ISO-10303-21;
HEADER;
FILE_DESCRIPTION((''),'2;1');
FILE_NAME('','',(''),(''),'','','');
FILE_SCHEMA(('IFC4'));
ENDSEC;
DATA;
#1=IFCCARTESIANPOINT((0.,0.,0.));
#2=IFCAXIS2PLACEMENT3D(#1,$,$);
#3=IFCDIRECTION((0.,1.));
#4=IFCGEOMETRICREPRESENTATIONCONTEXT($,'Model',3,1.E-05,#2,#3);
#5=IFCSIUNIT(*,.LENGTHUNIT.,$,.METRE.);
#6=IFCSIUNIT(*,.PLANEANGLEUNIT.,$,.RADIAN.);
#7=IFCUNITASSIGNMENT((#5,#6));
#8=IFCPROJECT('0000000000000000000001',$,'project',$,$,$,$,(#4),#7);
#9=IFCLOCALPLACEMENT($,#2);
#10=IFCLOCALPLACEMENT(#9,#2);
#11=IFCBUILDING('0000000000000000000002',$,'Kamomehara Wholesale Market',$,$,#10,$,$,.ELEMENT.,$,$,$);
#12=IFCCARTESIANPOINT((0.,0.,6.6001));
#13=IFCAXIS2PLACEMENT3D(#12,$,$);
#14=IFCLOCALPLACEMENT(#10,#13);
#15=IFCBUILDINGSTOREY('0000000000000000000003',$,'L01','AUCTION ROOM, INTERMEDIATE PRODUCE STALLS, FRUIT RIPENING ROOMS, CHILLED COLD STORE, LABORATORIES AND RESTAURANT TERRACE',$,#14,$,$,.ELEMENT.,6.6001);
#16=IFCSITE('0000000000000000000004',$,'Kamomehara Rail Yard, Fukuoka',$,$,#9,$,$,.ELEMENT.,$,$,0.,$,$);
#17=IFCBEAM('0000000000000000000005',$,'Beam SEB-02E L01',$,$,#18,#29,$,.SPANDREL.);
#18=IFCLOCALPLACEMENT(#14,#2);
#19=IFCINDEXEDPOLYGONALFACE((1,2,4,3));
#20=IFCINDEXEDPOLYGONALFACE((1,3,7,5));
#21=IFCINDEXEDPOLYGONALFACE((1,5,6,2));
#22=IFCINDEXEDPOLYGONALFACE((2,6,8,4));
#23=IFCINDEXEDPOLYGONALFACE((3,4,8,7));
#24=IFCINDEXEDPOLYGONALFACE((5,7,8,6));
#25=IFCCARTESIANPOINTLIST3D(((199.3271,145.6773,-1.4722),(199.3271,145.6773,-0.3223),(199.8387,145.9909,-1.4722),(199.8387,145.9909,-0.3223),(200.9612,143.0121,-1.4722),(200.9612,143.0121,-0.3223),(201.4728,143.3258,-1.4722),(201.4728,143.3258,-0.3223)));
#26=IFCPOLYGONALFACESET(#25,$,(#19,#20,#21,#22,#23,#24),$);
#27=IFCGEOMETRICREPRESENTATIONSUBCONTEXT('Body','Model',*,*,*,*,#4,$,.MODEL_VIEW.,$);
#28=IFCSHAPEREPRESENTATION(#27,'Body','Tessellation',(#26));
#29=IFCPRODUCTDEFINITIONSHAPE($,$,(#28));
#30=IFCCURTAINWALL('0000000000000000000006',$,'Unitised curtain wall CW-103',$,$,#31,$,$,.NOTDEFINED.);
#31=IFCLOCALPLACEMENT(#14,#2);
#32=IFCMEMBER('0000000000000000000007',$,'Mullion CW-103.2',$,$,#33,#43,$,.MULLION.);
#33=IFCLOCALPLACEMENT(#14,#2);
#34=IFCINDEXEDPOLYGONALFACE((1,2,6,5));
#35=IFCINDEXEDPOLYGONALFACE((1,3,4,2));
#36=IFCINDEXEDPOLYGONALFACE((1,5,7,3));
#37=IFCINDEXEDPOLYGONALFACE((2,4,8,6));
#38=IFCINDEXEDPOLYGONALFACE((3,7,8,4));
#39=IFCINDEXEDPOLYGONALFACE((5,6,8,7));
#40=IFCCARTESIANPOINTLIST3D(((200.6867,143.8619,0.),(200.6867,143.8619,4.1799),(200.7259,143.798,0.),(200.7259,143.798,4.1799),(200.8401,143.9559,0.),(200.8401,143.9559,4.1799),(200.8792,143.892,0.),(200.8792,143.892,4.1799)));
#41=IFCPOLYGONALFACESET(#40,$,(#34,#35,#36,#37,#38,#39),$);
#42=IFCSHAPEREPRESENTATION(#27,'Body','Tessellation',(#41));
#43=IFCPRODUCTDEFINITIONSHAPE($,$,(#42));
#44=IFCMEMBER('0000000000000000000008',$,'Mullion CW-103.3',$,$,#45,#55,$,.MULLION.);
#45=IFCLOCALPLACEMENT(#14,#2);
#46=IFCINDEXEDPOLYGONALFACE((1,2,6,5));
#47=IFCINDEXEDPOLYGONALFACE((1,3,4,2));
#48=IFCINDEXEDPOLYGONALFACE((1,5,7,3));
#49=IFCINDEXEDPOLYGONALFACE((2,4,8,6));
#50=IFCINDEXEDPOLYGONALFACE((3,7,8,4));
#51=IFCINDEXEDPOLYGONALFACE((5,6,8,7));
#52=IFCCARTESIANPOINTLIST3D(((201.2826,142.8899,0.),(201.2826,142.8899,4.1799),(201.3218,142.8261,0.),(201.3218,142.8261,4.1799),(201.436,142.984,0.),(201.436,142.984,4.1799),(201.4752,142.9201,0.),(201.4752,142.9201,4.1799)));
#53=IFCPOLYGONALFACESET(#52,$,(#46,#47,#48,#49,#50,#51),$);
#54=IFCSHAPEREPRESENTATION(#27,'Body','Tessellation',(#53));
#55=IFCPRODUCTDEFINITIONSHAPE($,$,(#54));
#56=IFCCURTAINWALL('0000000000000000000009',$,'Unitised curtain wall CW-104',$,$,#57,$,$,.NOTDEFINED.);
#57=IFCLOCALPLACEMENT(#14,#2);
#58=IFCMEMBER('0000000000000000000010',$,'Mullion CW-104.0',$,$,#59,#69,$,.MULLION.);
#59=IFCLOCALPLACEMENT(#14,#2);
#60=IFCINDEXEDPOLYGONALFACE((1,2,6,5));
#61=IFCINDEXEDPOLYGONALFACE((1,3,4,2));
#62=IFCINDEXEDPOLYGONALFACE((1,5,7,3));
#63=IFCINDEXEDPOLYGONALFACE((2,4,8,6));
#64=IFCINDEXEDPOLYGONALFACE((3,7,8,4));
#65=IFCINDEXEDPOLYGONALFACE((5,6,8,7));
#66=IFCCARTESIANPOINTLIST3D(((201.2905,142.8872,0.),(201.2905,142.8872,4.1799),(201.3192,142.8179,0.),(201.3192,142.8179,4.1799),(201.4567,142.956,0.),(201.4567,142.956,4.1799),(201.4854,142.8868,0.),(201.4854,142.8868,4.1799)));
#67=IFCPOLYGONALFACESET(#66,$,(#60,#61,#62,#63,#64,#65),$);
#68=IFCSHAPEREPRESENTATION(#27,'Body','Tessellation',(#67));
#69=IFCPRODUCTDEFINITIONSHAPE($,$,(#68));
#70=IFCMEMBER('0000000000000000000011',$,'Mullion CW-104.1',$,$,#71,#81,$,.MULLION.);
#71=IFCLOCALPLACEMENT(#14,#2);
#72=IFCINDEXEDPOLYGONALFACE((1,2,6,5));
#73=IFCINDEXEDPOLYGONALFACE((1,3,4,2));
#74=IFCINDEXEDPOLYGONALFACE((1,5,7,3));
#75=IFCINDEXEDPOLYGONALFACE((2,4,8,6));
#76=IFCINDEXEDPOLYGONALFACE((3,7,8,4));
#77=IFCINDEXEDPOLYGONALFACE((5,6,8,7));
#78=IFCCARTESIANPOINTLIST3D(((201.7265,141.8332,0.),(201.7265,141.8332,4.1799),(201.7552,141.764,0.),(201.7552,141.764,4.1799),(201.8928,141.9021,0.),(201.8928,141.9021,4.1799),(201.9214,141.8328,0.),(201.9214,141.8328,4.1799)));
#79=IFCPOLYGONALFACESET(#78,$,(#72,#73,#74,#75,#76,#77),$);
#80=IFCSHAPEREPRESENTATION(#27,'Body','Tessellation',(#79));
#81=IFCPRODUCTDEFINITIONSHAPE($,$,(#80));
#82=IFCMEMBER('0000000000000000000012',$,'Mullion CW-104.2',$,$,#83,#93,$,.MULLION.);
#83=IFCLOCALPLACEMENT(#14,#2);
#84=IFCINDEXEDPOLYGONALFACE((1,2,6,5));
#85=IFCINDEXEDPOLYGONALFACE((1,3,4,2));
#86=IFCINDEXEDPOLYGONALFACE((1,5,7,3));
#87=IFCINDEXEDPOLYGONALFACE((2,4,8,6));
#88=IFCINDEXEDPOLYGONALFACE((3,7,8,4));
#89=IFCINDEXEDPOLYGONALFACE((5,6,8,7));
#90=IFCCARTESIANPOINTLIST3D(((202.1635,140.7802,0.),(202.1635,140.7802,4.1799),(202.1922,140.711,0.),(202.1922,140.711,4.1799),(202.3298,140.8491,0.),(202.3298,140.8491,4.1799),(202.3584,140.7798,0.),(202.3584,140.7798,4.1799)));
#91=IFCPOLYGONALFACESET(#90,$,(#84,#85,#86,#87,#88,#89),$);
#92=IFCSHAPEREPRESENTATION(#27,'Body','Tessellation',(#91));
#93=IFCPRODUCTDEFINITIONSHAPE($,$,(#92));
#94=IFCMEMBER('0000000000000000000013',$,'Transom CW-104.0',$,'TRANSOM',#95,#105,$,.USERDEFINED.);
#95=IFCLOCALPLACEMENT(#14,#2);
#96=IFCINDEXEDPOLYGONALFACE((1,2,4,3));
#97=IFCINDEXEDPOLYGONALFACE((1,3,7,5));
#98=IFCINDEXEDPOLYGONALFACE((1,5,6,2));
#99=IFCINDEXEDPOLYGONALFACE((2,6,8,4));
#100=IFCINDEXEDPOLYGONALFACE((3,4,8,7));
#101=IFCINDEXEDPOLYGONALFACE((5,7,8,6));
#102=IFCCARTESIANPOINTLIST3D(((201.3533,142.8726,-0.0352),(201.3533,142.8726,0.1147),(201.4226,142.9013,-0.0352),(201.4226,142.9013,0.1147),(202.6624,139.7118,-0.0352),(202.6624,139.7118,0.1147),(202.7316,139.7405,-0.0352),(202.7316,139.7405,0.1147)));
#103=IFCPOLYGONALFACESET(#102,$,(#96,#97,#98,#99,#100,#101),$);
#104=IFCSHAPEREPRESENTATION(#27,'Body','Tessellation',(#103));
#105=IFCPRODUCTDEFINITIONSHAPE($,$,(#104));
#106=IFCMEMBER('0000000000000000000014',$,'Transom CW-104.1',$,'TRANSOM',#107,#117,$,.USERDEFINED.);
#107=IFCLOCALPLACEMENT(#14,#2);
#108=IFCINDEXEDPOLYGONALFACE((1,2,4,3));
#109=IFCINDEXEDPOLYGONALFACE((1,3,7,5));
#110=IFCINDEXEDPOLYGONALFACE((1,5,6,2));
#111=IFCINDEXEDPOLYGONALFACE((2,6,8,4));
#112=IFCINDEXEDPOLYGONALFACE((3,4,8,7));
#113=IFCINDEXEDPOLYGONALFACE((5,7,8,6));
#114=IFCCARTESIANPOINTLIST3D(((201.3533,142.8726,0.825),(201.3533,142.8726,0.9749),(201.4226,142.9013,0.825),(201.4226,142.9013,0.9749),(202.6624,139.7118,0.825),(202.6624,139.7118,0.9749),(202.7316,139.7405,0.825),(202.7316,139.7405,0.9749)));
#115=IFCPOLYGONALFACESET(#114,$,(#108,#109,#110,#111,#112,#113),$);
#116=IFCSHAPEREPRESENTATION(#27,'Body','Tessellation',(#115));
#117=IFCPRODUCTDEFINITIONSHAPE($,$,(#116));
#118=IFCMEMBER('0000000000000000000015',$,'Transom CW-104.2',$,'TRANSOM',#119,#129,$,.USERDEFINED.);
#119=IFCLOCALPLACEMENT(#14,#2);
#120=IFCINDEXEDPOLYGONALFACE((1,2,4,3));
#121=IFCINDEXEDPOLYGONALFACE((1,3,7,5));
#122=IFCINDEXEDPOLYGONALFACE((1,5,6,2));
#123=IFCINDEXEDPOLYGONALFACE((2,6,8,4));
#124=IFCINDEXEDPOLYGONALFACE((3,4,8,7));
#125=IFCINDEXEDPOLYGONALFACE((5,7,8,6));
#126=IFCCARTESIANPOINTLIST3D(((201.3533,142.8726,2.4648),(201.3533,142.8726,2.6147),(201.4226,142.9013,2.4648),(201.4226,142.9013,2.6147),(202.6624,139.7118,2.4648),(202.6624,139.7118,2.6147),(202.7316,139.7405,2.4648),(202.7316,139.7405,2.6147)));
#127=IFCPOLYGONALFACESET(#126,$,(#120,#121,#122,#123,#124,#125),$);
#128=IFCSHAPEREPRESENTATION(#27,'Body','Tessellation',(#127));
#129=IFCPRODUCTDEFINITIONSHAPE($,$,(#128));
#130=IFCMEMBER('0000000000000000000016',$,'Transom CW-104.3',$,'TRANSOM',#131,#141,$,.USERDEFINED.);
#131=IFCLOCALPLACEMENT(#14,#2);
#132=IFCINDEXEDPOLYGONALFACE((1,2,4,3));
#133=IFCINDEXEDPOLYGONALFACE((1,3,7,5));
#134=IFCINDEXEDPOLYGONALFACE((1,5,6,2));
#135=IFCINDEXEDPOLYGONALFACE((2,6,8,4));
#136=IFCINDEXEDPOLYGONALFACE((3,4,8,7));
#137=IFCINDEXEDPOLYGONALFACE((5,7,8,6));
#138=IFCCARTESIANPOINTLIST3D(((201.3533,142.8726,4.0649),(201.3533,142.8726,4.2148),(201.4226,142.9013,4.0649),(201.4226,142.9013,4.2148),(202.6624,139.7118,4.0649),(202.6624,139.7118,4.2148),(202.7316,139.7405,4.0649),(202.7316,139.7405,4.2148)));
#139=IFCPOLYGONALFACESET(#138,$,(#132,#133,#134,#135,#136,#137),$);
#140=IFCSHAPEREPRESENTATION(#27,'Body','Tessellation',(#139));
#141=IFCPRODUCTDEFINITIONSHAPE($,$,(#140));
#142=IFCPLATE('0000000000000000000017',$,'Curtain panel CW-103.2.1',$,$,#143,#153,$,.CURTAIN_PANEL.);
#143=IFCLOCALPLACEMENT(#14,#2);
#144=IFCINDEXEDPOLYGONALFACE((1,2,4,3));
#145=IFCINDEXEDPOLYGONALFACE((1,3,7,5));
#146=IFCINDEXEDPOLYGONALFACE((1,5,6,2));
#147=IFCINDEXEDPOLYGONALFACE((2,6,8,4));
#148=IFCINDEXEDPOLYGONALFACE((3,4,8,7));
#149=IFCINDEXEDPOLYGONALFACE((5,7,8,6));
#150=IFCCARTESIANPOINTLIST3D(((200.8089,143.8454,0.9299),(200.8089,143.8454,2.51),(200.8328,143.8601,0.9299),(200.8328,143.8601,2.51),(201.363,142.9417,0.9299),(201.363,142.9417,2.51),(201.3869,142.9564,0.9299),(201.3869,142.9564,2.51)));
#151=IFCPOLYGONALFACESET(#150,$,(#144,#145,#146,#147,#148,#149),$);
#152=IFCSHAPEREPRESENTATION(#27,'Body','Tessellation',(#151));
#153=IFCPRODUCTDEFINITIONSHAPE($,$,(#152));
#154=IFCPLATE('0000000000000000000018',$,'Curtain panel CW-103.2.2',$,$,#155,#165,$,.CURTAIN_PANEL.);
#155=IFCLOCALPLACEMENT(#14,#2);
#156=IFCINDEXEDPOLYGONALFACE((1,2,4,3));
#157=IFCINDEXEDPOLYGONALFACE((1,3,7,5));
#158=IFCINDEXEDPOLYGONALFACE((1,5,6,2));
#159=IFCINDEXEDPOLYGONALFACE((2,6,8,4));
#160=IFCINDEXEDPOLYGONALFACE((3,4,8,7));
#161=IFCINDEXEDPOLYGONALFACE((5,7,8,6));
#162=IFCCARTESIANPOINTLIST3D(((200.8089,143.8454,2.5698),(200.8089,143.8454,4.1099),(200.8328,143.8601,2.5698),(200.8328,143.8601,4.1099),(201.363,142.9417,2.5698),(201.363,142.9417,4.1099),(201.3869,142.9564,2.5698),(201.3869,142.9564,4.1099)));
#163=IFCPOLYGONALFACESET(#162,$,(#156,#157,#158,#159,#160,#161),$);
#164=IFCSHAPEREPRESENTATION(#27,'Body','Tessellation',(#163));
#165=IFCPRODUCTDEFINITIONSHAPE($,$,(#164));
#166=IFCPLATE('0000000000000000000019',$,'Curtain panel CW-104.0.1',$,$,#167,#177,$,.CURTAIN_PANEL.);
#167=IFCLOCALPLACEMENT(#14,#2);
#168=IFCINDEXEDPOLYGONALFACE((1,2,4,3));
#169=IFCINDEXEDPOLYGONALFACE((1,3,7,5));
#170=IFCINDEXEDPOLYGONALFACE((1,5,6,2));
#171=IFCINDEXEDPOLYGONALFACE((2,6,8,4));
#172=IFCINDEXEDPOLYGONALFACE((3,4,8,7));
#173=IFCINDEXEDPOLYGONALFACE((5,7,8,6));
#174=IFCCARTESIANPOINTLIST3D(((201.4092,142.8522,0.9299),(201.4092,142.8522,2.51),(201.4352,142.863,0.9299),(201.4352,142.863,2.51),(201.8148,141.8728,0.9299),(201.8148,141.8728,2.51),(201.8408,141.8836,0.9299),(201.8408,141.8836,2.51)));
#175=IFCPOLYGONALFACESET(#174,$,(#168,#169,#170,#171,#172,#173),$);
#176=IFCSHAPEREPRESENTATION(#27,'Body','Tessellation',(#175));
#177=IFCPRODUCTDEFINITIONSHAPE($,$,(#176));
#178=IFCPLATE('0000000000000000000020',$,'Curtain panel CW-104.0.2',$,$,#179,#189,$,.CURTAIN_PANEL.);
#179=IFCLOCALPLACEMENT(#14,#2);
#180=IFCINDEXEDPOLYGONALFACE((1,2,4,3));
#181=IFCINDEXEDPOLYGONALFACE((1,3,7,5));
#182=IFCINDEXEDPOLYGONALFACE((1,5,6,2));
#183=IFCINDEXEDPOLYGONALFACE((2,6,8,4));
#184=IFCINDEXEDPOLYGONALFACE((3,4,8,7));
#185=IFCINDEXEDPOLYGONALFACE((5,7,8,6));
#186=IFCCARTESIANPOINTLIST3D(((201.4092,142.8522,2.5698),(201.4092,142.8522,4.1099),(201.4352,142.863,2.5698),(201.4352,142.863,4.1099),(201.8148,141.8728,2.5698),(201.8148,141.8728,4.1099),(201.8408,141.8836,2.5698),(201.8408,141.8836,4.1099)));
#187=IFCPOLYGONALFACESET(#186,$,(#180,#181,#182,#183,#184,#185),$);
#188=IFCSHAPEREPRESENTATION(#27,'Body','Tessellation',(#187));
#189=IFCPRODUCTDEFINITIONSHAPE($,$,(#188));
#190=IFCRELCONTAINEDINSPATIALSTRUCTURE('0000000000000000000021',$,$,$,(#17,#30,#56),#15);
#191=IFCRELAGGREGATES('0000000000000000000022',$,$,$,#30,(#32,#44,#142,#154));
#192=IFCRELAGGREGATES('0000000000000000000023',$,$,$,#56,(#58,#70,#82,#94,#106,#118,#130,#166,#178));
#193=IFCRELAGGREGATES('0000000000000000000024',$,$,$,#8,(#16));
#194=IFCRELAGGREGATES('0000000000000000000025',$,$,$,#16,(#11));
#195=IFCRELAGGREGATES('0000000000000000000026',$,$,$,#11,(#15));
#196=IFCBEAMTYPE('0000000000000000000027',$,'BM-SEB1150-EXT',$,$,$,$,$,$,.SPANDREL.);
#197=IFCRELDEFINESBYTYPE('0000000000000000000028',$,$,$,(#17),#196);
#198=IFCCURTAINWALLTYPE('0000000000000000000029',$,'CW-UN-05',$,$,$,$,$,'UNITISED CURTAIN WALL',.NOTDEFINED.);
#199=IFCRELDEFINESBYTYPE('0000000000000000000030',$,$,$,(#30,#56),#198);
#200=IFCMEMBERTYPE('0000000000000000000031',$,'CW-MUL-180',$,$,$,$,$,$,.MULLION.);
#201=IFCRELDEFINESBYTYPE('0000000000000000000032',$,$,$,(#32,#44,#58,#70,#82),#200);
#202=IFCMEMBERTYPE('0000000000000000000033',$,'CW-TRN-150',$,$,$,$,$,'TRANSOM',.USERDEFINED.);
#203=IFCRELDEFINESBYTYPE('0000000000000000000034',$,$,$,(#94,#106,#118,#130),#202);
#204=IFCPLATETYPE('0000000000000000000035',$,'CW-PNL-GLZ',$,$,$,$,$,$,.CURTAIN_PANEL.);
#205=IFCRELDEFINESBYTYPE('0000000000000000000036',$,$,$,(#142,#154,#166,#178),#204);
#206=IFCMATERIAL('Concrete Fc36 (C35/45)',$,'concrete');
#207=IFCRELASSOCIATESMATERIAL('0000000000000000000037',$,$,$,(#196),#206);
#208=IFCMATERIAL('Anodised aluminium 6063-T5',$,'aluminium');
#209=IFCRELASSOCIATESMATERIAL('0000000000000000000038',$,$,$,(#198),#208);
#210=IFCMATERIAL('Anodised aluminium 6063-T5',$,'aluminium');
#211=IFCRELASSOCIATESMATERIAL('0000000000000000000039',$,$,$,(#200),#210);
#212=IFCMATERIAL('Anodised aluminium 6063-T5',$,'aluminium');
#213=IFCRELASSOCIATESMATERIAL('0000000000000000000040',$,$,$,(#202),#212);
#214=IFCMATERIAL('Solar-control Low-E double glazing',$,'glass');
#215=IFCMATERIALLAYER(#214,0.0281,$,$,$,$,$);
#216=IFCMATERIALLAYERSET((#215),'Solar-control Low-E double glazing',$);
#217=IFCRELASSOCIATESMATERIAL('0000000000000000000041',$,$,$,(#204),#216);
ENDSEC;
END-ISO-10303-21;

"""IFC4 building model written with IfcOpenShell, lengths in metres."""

from ifc_helpers import new_model, si_unit, direction, frame, origin, origin_2d, place, context, subcontext, project, spatial, rectangle, extrude, material, layer, layer_set, material_profile, profile_set, type_object, element, aggregate, save


model = new_model("IFC4")

# Units and contexts
model_context = context("Model", 3, precision=1e-05, world=origin(), true_north=direction((0.0, 1.0)))
body_context = subcontext(model_context, "Body", "Model", "MODEL_VIEW")
ifc_project = project(units=[si_unit("LENGTHUNIT", "METRE"), si_unit("PLANEANGLEUNIT", "RADIAN")], contexts=[model_context])

# Site, building, storey
site_placement = place(None, origin())
site = spatial("IfcSite", under=ifc_project, at=site_placement, Name="Kamomehara Rail Yard, Fukuoka", CompositionType="ELEMENT", RefElevation=0.0)
building_placement = place(site_placement, origin())
building = spatial("IfcBuilding", under=site, at=building_placement, Name="Kamomehara Wholesale Market", CompositionType="ELEMENT")
storey_placement = place(building_placement, frame((0.0, 0.0, 6.6001)))
storey = spatial("IfcBuildingStorey", under=building, at=storey_placement, Name="L01", Description="AUCTION ROOM, INTERMEDIATE PRODUCE STALLS, FRUIT RIPENING ROOMS, CHILLED COLD STORE, LABORATORIES AND RESTAURANT TERRACE", CompositionType="ELEMENT", Elevation=6.6001)

# Beam
ifc_material_1 = material(Name="Concrete Fc36 (C35/45)", Category="concrete")
ifc_material_profile_1 = material_profile(ifc_material_1, rectangle(XDim=0.6001, YDim=1.1499, at=origin_2d()), Name="RC-SEB-600x1150")
ifc_profile_set_1 = profile_set([ifc_material_profile_1], Name="Concrete Fc36 (C35/45)")
beam_type = type_object("IfcBeamType", Name="BM-SEB1150-EXT", PredefinedType="SPANDREL", material=ifc_profile_set_1)
beam_placement = place(storey_placement, frame((201.217, 143.1689, -0.8972), z_axis=(-0.522707, 0.852513, 0.0), x_axis=(-0.852513, -0.522707, 0.0)))
element("IfcBeam", 1, at=beam_placement, inside=storey, type_object=beam_type, Name="Beam SEB-02E L01", PredefinedType="SPANDREL", context=body_context, shape_type="SweptSolid", body=[
    extrude(rectangle(XDim=0.6001, YDim=1.1499, at=origin_2d()), origin(), (0.0, 0.0, 1.0), 3.1262),
])

# Curtain walls, members
ifc_material_2 = material(Name="Anodised aluminium 6063-T5", Category="aluminium")
curtain_wall_type = type_object("IfcCurtainWallType", Name="CW-UN-05", ElementType="UNITISED CURTAIN WALL", PredefinedType="NOTDEFINED", material=ifc_material_2)
curtain_wall_1_placement = place(storey_placement, origin())
curtain_wall_1 = element("IfcCurtainWall", 2, at=curtain_wall_1_placement, inside=storey, type_object=curtain_wall_type, Name="Unitised curtain wall CW-103", PredefinedType="NOTDEFINED")
ifc_material_3 = material(Name="Anodised aluminium 6063-T5", Category="aluminium")
ifc_material_profile_2 = material_profile(ifc_material_3, rectangle(XDim=0.075, YDim=0.1799, at=origin_2d()), Name="ALU-MUL-75x180")
ifc_profile_set_2 = profile_set([ifc_material_profile_2], Name="Anodised aluminium 6063-T5")
member_type_1 = type_object("IfcMemberType", Name="CW-MUL-180", PredefinedType="MULLION", material=ifc_profile_set_2)
member_1_placement = place(storey_placement, frame((200.783, 143.877, 0.0), z_axis=(0.0, 0.0, 1.0), x_axis=(0.522726, -0.852501, 0.0)))
member_1 = element("IfcMember", 3, at=member_1_placement, type_object=member_type_1, Name="Mullion CW-103.2", PredefinedType="MULLION", context=body_context, shape_type="SweptSolid", body=[
    extrude(rectangle(XDim=0.075, YDim=0.1799, at=origin_2d()), origin(), (0.0, 0.0, 1.0), 4.1799),
])
member_2_placement = place(storey_placement, frame((201.3789, 142.905, 0.0), z_axis=(0.0, 0.0, 1.0), x_axis=(0.522726, -0.852501, 0.0)))
member_2 = element("IfcMember", 4, at=member_2_placement, type_object=member_type_1, Name="Mullion CW-103.3", PredefinedType="MULLION", context=body_context, shape_type="SweptSolid", body=[
    extrude(rectangle(XDim=0.075, YDim=0.1799, at=origin_2d()), origin(), (0.0, 0.0, 1.0), 4.1799),
])
curtain_wall_2_placement = place(storey_placement, origin())
curtain_wall_2 = element("IfcCurtainWall", 5, at=curtain_wall_2_placement, inside=storey, type_object=curtain_wall_type, Name="Unitised curtain wall CW-104", PredefinedType="NOTDEFINED")
member_3_placement = place(storey_placement, frame((201.3879, 142.887, 0.0), z_axis=(0.0, 0.0, 1.0), x_axis=(0.382601, -0.923914, 0.0)))
member_3 = element("IfcMember", 6, at=member_3_placement, type_object=member_type_1, Name="Mullion CW-104.0", PredefinedType="MULLION", context=body_context, shape_type="SweptSolid", body=[
    extrude(rectangle(XDim=0.075, YDim=0.1799, at=origin_2d()), origin(), (0.0, 0.0, 1.0), 4.1799),
])
member_4_placement = place(storey_placement, frame((201.824, 141.833, 0.0), z_axis=(0.0, 0.0, 1.0), x_axis=(0.382601, -0.923914, 0.0)))
member_4 = element("IfcMember", 7, at=member_4_placement, type_object=member_type_1, Name="Mullion CW-104.1", PredefinedType="MULLION", context=body_context, shape_type="SweptSolid", body=[
    extrude(rectangle(XDim=0.075, YDim=0.1799, at=origin_2d()), origin(), (0.0, 0.0, 1.0), 4.1799),
])
member_5_placement = place(storey_placement, frame((202.261, 140.78, 0.0), z_axis=(0.0, 0.0, 1.0), x_axis=(0.382601, -0.923914, 0.0)))
member_5 = element("IfcMember", 8, at=member_5_placement, type_object=member_type_1, Name="Mullion CW-104.2", PredefinedType="MULLION", context=body_context, shape_type="SweptSolid", body=[
    extrude(rectangle(XDim=0.075, YDim=0.1799, at=origin_2d()), origin(), (0.0, 0.0, 1.0), 4.1799),
])
ifc_material_4 = material(Name="Anodised aluminium 6063-T5", Category="aluminium")
ifc_material_profile_3 = material_profile(ifc_material_4, rectangle(XDim=0.075, YDim=0.1499, at=origin_2d()), Name="ALU-TRN-75x150")
ifc_profile_set_3 = profile_set([ifc_material_profile_3], Name="Anodised aluminium 6063-T5")
member_type_2 = type_object("IfcMemberType", Name="CW-TRN-150", ElementType="TRANSOM", PredefinedType="USERDEFINED", material=ifc_profile_set_3)
member_6_placement = place(storey_placement, frame((201.3879, 142.887, 0.0398), z_axis=(0.382633, -0.9239, 0.0), x_axis=(0.9239, 0.382633, 0.0)))
member_6 = element("IfcMember", 9, at=member_6_placement, type_object=member_type_2, Name="Transom CW-104.0", ObjectType="TRANSOM", PredefinedType="USERDEFINED", context=body_context, shape_type="SweptSolid", body=[
    extrude(rectangle(XDim=0.075, YDim=0.1499, at=origin_2d()), origin(), (0.0, 0.0, 1.0), 3.4211),
])
member_7_placement = place(storey_placement, frame((201.3879, 142.887, 0.8999), z_axis=(0.382633, -0.9239, 0.0), x_axis=(0.9239, 0.382633, 0.0)))
member_7 = element("IfcMember", 10, at=member_7_placement, type_object=member_type_2, Name="Transom CW-104.1", ObjectType="TRANSOM", PredefinedType="USERDEFINED", context=body_context, shape_type="SweptSolid", body=[
    extrude(rectangle(XDim=0.075, YDim=0.1499, at=origin_2d()), origin(), (0.0, 0.0, 1.0), 3.4211),
])
member_8_placement = place(storey_placement, frame((201.3879, 142.887, 2.5398), z_axis=(0.382633, -0.9239, 0.0), x_axis=(0.9239, 0.382633, 0.0)))
member_8 = element("IfcMember", 11, at=member_8_placement, type_object=member_type_2, Name="Transom CW-104.2", ObjectType="TRANSOM", PredefinedType="USERDEFINED", context=body_context, shape_type="SweptSolid", body=[
    extrude(rectangle(XDim=0.075, YDim=0.1499, at=origin_2d()), origin(), (0.0, 0.0, 1.0), 3.4211),
])
member_9_placement = place(storey_placement, frame((201.3879, 142.887, 4.1399), z_axis=(0.382633, -0.9239, 0.0), x_axis=(0.9239, 0.382633, 0.0)))
member_9 = element("IfcMember", 12, at=member_9_placement, type_object=member_type_2, Name="Transom CW-104.3", ObjectType="TRANSOM", PredefinedType="USERDEFINED", context=body_context, shape_type="SweptSolid", body=[
    extrude(rectangle(XDim=0.075, YDim=0.1499, at=origin_2d()), origin(), (0.0, 0.0, 1.0), 3.4211),
])

# Plates
ifc_material_5 = material(Name="Solar-control Low-E double glazing", Category="glass")
ifc_layer_1 = layer(ifc_material_5, 0.0281)
ifc_layer_set_1 = layer_set([ifc_layer_1], Name="Solar-control Low-E double glazing")
plate_type_1 = type_object("IfcPlateType", Name="CW-PNL-GLZ", PredefinedType="CURTAIN_PANEL", material=ifc_layer_set_1)
plate_1_placement = place(storey_placement, frame((201.0979, 143.4009, 0.9299), z_axis=(0.0, 0.0, 1.0), x_axis=(0.522722, -0.852503, 0.0)))
plate_1 = element("IfcPlate", 13, at=plate_1_placement, type_object=plate_type_1, Name="Curtain panel CW-103.2.1", PredefinedType="CURTAIN_PANEL", context=body_context, shape_type="SweptSolid", body=[
    extrude(rectangle(XDim=1.0601, YDim=0.0281, at=origin_2d()), origin(), (0.0, 0.0, 1.0), 1.5801),
])
plate_2_placement = place(storey_placement, frame((201.0979, 143.4009, 2.5698), z_axis=(0.0, 0.0, 1.0), x_axis=(0.522722, -0.852503, 0.0)))
plate_2 = element("IfcPlate", 14, at=plate_2_placement, type_object=plate_type_1, Name="Curtain panel CW-103.2.2", PredefinedType="CURTAIN_PANEL", context=body_context, shape_type="SweptSolid", body=[
    extrude(rectangle(XDim=1.0601, YDim=0.0281, at=origin_2d()), origin(), (0.0, 0.0, 1.0), 1.54),
])
plate_3_placement = place(storey_placement, frame((201.625, 142.3679, 0.9299), z_axis=(0.0, 0.0, 1.0), x_axis=(0.382603, -0.923913, 0.0)))
plate_3 = element("IfcPlate", 15, at=plate_3_placement, type_object=plate_type_1, Name="Curtain panel CW-104.0.1", PredefinedType="CURTAIN_PANEL", context=body_context, shape_type="SweptSolid", body=[
    extrude(rectangle(XDim=1.0601, YDim=0.0281, at=origin_2d()), origin(), (0.0, 0.0, 1.0), 1.5801),
])
plate_4_placement = place(storey_placement, frame((201.625, 142.3679, 2.5698), z_axis=(0.0, 0.0, 1.0), x_axis=(0.382603, -0.923913, 0.0)))
plate_4 = element("IfcPlate", 16, at=plate_4_placement, type_object=plate_type_1, Name="Curtain panel CW-104.0.2", PredefinedType="CURTAIN_PANEL", context=body_context, shape_type="SweptSolid", body=[
    extrude(rectangle(XDim=1.0601, YDim=0.0281, at=origin_2d()), origin(), (0.0, 0.0, 1.0), 1.54),
])
aggregate(curtain_wall_1, [member_1, member_2, plate_1, plate_2])
aggregate(curtain_wall_2, [member_3, member_4, member_5, member_6, member_7, member_8, member_9, plate_3, plate_4])

save(model, "model.ifc")
